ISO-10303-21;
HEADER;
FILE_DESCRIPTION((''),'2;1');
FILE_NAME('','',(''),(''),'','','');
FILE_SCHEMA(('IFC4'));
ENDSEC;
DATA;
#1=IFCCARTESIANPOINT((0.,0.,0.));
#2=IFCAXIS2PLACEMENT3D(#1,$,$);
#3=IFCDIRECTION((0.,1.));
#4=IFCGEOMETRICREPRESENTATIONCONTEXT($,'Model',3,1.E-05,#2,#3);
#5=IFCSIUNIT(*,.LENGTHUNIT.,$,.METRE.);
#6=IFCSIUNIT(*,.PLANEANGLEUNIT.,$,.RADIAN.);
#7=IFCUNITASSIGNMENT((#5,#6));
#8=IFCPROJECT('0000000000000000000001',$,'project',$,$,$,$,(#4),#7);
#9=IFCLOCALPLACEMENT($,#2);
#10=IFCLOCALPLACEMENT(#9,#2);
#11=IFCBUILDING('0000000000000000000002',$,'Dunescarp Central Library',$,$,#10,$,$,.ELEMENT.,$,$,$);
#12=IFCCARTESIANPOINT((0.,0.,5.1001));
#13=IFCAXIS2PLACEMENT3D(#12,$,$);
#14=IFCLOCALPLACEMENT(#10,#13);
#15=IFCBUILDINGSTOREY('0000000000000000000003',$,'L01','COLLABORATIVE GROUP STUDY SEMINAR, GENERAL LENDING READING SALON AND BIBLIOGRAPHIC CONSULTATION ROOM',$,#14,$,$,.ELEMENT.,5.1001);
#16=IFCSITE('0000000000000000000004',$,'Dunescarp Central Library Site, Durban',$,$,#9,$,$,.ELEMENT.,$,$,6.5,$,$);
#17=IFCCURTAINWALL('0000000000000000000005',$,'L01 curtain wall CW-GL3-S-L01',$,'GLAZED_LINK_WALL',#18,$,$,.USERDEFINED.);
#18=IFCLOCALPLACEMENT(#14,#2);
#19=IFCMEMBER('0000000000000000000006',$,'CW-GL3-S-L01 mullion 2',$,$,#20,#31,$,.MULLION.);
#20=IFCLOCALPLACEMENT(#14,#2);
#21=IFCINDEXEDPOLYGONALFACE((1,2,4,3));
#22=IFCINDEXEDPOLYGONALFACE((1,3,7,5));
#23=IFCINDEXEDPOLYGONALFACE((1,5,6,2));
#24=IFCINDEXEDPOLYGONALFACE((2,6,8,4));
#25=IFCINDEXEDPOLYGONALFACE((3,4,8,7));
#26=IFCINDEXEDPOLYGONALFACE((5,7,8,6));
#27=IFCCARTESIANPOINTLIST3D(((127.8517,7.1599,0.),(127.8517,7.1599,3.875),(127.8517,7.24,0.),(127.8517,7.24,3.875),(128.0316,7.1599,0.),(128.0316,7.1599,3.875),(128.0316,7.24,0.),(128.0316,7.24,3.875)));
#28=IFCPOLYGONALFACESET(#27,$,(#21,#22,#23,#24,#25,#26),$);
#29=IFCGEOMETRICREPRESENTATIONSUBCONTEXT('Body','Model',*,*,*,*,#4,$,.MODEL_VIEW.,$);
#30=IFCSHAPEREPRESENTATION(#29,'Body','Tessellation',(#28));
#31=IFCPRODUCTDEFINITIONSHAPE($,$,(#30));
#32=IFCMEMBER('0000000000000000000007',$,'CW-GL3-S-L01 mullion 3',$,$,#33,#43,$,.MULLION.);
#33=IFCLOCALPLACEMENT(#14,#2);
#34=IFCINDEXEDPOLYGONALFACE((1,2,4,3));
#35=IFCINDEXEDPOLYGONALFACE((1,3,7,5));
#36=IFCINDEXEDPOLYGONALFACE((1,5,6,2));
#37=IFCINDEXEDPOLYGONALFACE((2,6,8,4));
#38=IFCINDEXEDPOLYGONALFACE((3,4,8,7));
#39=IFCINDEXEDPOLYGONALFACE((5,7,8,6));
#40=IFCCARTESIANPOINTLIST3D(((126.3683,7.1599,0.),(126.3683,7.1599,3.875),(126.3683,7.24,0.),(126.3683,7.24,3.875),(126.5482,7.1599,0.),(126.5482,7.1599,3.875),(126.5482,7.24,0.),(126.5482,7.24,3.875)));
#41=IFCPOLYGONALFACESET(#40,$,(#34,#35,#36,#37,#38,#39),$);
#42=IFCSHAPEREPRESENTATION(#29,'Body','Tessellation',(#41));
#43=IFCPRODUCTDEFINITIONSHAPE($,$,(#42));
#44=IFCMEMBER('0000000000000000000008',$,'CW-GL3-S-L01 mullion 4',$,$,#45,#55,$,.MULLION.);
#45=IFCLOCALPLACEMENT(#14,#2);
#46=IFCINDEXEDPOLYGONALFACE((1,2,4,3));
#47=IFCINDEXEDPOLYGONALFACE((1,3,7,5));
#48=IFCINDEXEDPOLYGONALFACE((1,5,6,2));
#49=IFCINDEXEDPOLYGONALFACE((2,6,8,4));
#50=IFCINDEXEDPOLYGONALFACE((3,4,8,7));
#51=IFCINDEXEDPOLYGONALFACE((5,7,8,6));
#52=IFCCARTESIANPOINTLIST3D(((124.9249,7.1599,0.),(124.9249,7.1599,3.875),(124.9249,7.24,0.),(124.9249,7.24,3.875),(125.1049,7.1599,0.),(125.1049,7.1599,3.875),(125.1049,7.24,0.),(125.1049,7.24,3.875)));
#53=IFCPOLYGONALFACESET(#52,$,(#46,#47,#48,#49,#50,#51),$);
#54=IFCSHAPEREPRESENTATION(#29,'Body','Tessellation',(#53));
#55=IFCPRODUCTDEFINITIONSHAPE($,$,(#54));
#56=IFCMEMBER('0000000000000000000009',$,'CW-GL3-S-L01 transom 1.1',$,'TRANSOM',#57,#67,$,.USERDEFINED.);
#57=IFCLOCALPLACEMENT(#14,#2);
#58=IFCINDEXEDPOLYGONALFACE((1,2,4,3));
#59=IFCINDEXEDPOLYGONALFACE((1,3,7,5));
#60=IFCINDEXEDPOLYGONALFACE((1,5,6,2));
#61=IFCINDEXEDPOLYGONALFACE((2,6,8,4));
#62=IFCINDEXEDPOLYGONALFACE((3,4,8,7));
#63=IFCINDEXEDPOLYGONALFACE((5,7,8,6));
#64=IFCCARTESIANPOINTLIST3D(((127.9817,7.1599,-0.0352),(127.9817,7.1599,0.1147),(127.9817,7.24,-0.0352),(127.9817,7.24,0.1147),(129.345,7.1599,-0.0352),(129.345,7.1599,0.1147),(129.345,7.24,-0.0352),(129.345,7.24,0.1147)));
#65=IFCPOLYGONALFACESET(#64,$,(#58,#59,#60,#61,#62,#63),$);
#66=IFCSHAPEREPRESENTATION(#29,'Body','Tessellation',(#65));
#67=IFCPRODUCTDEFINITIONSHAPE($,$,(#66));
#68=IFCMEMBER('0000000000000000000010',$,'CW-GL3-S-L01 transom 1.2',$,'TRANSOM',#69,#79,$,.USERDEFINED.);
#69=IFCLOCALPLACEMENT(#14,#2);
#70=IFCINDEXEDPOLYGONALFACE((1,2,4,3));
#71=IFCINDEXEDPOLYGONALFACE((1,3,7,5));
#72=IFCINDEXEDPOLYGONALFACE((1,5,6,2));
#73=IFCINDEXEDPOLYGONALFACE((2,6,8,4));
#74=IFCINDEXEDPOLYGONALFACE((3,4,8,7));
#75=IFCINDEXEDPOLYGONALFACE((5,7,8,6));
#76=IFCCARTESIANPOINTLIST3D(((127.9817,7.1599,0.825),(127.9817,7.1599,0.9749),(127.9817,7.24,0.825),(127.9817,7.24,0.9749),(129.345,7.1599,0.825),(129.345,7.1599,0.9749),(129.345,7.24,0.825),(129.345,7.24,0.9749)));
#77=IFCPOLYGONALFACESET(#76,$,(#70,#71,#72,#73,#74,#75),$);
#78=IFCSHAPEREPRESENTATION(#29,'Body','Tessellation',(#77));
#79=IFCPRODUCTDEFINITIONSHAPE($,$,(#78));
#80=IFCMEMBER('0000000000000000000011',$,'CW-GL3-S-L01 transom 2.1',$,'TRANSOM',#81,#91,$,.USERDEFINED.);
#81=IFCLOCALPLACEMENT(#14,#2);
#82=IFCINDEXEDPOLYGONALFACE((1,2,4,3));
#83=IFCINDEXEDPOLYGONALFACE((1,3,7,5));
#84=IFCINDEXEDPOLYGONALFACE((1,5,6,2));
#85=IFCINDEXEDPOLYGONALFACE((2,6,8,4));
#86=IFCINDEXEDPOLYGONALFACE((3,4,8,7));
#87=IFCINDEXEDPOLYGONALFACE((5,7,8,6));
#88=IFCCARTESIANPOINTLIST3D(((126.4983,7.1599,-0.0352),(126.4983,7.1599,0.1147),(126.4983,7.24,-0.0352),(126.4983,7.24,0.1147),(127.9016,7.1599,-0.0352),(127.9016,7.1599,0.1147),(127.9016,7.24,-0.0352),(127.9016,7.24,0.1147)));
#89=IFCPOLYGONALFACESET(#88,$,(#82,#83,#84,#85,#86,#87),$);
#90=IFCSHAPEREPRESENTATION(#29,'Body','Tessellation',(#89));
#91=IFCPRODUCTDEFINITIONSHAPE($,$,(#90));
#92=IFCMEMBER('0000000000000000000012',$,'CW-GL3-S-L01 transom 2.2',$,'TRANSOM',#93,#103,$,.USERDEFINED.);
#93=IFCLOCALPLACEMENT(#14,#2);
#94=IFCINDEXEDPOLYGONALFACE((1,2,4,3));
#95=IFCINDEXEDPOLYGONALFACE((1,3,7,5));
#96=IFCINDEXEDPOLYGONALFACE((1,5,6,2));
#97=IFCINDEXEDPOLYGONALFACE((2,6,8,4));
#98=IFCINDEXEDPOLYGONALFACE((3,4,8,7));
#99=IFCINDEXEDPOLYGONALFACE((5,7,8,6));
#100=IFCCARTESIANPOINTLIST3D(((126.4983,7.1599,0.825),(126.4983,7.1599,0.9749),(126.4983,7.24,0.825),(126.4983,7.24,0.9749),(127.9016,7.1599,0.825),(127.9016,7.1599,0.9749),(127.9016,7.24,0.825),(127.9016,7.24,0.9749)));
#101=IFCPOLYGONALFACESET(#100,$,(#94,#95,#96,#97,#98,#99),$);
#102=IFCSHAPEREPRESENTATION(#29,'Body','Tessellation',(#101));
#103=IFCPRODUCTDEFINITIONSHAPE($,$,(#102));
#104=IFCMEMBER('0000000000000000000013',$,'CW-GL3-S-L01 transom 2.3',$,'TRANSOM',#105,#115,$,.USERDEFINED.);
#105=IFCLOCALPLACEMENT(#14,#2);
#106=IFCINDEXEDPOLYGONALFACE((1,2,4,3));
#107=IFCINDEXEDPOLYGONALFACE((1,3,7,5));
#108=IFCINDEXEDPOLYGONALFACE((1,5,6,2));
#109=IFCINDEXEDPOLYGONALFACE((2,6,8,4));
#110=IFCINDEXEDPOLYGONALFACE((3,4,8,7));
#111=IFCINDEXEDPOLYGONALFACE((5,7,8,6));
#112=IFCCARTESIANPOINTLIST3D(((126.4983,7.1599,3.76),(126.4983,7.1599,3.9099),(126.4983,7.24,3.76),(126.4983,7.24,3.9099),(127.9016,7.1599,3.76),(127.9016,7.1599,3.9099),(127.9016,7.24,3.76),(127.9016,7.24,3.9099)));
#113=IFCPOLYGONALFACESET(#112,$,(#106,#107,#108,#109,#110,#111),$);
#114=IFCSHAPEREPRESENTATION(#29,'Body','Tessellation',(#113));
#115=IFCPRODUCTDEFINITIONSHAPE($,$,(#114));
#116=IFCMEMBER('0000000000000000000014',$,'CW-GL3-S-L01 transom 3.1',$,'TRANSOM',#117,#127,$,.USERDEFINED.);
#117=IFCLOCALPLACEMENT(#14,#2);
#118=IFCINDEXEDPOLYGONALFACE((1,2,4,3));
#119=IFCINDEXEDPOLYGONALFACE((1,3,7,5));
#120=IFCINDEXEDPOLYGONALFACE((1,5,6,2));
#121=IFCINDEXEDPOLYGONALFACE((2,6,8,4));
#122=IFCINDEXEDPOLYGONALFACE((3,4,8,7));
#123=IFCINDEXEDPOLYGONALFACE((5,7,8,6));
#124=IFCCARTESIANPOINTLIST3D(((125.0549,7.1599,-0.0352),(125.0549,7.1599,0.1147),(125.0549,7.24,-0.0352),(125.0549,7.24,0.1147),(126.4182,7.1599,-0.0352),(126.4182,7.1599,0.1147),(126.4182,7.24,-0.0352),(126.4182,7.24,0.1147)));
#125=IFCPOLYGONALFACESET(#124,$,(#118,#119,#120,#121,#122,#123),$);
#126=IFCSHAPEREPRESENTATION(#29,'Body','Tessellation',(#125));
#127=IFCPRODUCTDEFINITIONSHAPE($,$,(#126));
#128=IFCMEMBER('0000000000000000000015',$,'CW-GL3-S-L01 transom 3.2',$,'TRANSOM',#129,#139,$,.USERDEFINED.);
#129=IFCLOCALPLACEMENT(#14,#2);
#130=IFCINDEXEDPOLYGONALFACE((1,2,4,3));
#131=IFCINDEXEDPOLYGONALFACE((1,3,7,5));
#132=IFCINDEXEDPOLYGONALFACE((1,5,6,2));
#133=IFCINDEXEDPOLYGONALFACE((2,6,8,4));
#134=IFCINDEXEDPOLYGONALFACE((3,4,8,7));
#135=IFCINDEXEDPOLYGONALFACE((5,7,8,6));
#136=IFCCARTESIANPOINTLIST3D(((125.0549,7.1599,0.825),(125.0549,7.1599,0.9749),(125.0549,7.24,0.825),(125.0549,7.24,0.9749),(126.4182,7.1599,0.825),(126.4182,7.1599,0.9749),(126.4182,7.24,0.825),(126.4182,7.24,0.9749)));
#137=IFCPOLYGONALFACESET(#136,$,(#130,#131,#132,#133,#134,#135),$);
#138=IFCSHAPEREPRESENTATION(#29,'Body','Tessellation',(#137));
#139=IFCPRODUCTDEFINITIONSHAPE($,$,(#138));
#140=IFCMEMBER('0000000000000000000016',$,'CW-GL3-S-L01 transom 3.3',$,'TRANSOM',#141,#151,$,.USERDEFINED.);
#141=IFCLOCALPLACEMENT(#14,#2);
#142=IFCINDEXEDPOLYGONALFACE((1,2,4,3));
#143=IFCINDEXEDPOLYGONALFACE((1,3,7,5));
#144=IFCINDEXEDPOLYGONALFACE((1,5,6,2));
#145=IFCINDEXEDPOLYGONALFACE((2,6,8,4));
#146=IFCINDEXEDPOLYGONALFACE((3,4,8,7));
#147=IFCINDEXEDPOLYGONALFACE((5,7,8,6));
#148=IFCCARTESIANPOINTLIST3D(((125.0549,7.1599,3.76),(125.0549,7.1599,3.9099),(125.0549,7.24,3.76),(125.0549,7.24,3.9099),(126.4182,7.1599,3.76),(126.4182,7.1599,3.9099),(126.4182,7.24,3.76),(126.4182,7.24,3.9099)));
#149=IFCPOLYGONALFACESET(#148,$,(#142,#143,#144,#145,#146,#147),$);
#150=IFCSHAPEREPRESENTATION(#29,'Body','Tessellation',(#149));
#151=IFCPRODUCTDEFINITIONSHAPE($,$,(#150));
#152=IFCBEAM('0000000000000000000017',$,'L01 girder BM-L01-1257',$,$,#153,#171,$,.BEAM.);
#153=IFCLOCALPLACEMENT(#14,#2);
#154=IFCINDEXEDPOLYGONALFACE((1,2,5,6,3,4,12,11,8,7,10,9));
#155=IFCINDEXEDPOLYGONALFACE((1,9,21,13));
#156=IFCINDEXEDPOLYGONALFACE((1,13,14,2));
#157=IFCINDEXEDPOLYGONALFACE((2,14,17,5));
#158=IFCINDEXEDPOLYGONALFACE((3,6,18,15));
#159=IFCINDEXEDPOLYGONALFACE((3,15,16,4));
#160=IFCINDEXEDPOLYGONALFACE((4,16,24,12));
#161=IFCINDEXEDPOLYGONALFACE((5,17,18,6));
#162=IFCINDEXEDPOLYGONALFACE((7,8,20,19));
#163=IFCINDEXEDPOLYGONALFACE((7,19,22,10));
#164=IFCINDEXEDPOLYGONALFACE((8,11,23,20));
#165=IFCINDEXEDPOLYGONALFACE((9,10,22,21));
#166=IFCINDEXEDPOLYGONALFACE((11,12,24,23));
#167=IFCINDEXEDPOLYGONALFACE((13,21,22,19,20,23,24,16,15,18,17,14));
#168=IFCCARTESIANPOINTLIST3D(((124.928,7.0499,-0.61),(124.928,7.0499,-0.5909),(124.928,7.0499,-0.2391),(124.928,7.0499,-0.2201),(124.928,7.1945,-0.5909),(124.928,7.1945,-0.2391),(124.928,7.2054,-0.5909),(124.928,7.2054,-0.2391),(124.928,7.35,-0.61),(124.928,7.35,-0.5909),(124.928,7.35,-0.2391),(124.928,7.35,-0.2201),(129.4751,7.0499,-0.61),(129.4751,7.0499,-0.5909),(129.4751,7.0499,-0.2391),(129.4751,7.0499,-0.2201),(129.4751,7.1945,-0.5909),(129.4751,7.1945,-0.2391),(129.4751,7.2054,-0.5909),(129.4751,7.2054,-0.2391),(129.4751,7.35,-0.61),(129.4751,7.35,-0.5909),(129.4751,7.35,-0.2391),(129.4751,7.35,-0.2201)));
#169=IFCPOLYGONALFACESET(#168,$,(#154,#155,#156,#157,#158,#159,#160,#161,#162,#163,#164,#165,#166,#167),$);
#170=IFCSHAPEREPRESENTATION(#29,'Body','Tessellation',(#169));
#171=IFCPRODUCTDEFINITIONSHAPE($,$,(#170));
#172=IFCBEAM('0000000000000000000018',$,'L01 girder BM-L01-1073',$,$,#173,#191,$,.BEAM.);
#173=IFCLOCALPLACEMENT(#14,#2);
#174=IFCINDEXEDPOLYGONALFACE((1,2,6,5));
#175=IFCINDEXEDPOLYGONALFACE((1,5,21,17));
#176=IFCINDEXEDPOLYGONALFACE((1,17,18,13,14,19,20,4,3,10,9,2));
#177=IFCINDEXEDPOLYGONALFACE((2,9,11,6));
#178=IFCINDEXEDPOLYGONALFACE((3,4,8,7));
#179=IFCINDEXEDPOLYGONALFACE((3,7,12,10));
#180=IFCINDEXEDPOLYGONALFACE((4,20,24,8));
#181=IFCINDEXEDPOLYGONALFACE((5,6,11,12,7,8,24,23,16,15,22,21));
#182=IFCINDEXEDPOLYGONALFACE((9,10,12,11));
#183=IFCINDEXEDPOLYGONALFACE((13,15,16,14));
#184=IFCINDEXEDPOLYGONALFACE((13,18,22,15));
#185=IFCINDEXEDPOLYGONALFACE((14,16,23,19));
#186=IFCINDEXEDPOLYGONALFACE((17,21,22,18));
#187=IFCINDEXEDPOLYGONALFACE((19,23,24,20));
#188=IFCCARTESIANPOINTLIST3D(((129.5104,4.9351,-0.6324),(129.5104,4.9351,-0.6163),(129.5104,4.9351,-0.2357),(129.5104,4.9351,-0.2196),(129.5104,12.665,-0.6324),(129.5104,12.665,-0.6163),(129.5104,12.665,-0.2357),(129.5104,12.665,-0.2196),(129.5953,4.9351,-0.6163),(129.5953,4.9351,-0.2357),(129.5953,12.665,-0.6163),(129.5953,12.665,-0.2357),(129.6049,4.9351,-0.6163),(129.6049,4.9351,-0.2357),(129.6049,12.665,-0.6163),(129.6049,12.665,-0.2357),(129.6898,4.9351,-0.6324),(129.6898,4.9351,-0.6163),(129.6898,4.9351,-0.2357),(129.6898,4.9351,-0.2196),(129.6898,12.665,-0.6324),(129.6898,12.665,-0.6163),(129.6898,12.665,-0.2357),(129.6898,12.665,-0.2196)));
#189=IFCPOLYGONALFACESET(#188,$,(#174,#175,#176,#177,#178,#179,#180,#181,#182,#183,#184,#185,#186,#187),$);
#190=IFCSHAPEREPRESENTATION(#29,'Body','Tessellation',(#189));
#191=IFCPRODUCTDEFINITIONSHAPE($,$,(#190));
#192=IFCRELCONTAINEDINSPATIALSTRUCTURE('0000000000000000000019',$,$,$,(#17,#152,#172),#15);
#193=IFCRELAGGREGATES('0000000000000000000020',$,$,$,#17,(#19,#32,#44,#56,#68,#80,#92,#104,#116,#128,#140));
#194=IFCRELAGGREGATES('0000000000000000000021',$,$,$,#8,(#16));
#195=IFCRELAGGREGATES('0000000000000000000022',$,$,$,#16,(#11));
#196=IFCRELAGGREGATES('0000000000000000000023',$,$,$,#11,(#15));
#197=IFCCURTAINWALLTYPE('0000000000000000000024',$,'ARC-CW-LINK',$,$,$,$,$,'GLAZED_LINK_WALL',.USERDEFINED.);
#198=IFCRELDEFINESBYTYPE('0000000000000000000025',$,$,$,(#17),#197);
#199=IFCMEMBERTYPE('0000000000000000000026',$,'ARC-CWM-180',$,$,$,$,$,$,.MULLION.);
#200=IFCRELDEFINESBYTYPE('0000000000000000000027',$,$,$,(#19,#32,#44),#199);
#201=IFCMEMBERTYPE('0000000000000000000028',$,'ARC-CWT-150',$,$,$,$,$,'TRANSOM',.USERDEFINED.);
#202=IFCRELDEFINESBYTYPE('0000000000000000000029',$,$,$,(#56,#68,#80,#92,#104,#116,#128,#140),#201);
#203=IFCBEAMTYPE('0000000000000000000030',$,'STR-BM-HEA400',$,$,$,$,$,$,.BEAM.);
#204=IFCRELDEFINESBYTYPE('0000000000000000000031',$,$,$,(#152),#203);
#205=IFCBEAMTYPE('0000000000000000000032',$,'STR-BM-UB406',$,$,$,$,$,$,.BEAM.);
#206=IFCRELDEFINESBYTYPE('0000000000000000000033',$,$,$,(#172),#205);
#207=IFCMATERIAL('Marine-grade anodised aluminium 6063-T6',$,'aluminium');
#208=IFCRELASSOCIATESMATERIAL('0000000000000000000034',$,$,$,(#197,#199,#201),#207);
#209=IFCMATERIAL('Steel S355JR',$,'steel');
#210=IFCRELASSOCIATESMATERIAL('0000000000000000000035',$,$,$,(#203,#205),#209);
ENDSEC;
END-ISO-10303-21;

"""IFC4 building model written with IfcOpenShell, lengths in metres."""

from ifc_helpers import new_model, si_unit, direction, frame, origin, origin_2d, place, context, subcontext, project, spatial, rectangle, i_section, extrude, material, material_profile, profile_set, type_object, element, aggregate, save


model = new_model("IFC4")

# Units and contexts
model_context = context("Model", 3, precision=1e-05, world=origin(), true_north=direction((0.0, 1.0)))
body_context = subcontext(model_context, "Body", "Model", "MODEL_VIEW")
ifc_project = project(units=[si_unit("LENGTHUNIT", "METRE"), si_unit("PLANEANGLEUNIT", "RADIAN")], contexts=[model_context])

# Site, building, storey
site_placement = place(None, origin())
site = spatial("IfcSite", under=ifc_project, at=site_placement, Name="Dunescarp Central Library Site, Durban", CompositionType="ELEMENT", RefElevation=6.5)
building_placement = place(site_placement, origin())
building = spatial("IfcBuilding", under=site, at=building_placement, Name="Dunescarp Central Library", CompositionType="ELEMENT")
storey_placement = place(building_placement, frame((0.0, 0.0, 5.1001)))
storey = spatial("IfcBuildingStorey", under=building, at=storey_placement, Name="L01", Description="COLLABORATIVE GROUP STUDY SEMINAR, GENERAL LENDING READING SALON AND BIBLIOGRAPHIC CONSULTATION ROOM", CompositionType="ELEMENT", Elevation=5.1001)

# Curtain wall, members
ifc_material_1 = material(Name="Marine-grade anodised aluminium 6063-T6", Category="aluminium")
curtain_wall_type = type_object("IfcCurtainWallType", Name="ARC-CW-LINK", ElementType="GLAZED_LINK_WALL", PredefinedType="USERDEFINED", material=ifc_material_1)
curtain_wall_placement = place(storey_placement, origin())
curtain_wall = element("IfcCurtainWall", 1, at=curtain_wall_placement, inside=storey, type_object=curtain_wall_type, Name="L01 curtain wall CW-GL3-S-L01", ObjectType="GLAZED_LINK_WALL", PredefinedType="USERDEFINED")
ifc_material_profile_1 = material_profile(ifc_material_1, rectangle(XDim=0.0801, YDim=0.1799, at=origin_2d()), Name="AL 80x180")
ifc_profile_set_1 = profile_set([ifc_material_profile_1], Name="Marine-grade anodised aluminium 6063-T6")
member_type_1 = type_object("IfcMemberType", Name="ARC-CWM-180", PredefinedType="MULLION", material=ifc_profile_set_1)
member_1_placement = place(storey_placement, frame((127.9417, 7.2, 0.0), z_axis=(0.0, 0.0, 1.0), x_axis=(0.0, -1.0, 0.0)))
member_1 = element("IfcMember", 2, at=member_1_placement, type_object=member_type_1, Name="CW-GL3-S-L01 mullion 2", PredefinedType="MULLION", context=body_context, shape_type="SweptSolid", body=[
    extrude(rectangle(XDim=0.0801, YDim=0.1799, at=origin_2d()), origin(), (0.0, 0.0, 1.0), 3.875),
])
member_2_placement = place(storey_placement, frame((126.4583, 7.2, 0.0), z_axis=(0.0, 0.0, 1.0), x_axis=(0.0, -1.0, 0.0)))
member_2 = element("IfcMember", 3, at=member_2_placement, type_object=member_type_1, Name="CW-GL3-S-L01 mullion 3", PredefinedType="MULLION", context=body_context, shape_type="SweptSolid", body=[
    extrude(rectangle(XDim=0.0801, YDim=0.1799, at=origin_2d()), origin(), (0.0, 0.0, 1.0), 3.875),
])
member_3_placement = place(storey_placement, frame((125.0149, 7.2, 0.0), z_axis=(0.0, 0.0, 1.0), x_axis=(0.0, -1.0, 0.0)))
member_3 = element("IfcMember", 4, at=member_3_placement, type_object=member_type_1, Name="CW-GL3-S-L01 mullion 4", PredefinedType="MULLION", context=body_context, shape_type="SweptSolid", body=[
    extrude(rectangle(XDim=0.0801, YDim=0.1799, at=origin_2d()), origin(), (0.0, 0.0, 1.0), 3.875),
])
ifc_material_profile_2 = material_profile(ifc_material_1, rectangle(XDim=0.0801, YDim=0.1499, at=origin_2d()), Name="AL 80x150")
ifc_profile_set_2 = profile_set([ifc_material_profile_2], Name="Marine-grade anodised aluminium 6063-T6")
member_type_2 = type_object("IfcMemberType", Name="ARC-CWT-150", ElementType="TRANSOM", PredefinedType="USERDEFINED", material=ifc_profile_set_2)
member_4_placement = place(storey_placement, frame((129.345, 7.2, 0.0398), z_axis=(-1.0, 0.0, 0.0), x_axis=(0.0, -1.0, 0.0)))
member_4 = element("IfcMember", 5, at=member_4_placement, type_object=member_type_2, Name="CW-GL3-S-L01 transom 1.1", ObjectType="TRANSOM", PredefinedType="USERDEFINED", context=body_context, shape_type="SweptSolid", body=[
    extrude(rectangle(XDim=0.0801, YDim=0.1499, at=origin_2d()), origin(), (0.0, 0.0, 1.0), 1.3633),
])
member_5_placement = place(storey_placement, frame((129.345, 7.2, 0.8999), z_axis=(-1.0, 0.0, 0.0), x_axis=(0.0, -1.0, 0.0)))
member_5 = element("IfcMember", 6, at=member_5_placement, type_object=member_type_2, Name="CW-GL3-S-L01 transom 1.2", ObjectType="TRANSOM", PredefinedType="USERDEFINED", context=body_context, shape_type="SweptSolid", body=[
    extrude(rectangle(XDim=0.0801, YDim=0.1499, at=origin_2d()), origin(), (0.0, 0.0, 1.0), 1.3633),
])
member_6_placement = place(storey_placement, frame((127.9016, 7.2, 0.0398), z_axis=(-1.0, 0.0, 0.0), x_axis=(0.0, -1.0, 0.0)))
member_6 = element("IfcMember", 7, at=member_6_placement, type_object=member_type_2, Name="CW-GL3-S-L01 transom 2.1", ObjectType="TRANSOM", PredefinedType="USERDEFINED", context=body_context, shape_type="SweptSolid", body=[
    extrude(rectangle(XDim=0.0801, YDim=0.1499, at=origin_2d()), origin(), (0.0, 0.0, 1.0), 1.4033),
])
member_7_placement = place(storey_placement, frame((127.9016, 7.2, 0.8999), z_axis=(-1.0, 0.0, 0.0), x_axis=(0.0, -1.0, 0.0)))
member_7 = element("IfcMember", 8, at=member_7_placement, type_object=member_type_2, Name="CW-GL3-S-L01 transom 2.2", ObjectType="TRANSOM", PredefinedType="USERDEFINED", context=body_context, shape_type="SweptSolid", body=[
    extrude(rectangle(XDim=0.0801, YDim=0.1499, at=origin_2d()), origin(), (0.0, 0.0, 1.0), 1.4033),
])
member_8_placement = place(storey_placement, frame((127.9016, 7.2, 3.835), z_axis=(-1.0, 0.0, 0.0), x_axis=(0.0, -1.0, 0.0)))
member_8 = element("IfcMember", 9, at=member_8_placement, type_object=member_type_2, Name="CW-GL3-S-L01 transom 2.3", ObjectType="TRANSOM", PredefinedType="USERDEFINED", context=body_context, shape_type="SweptSolid", body=[
    extrude(rectangle(XDim=0.0801, YDim=0.1499, at=origin_2d()), origin(), (0.0, 0.0, 1.0), 1.4033),
])
member_9_placement = place(storey_placement, frame((126.4182, 7.2, 0.0398), z_axis=(-1.0, 0.0, 0.0), x_axis=(0.0, -1.0, 0.0)))
member_9 = element("IfcMember", 10, at=member_9_placement, type_object=member_type_2, Name="CW-GL3-S-L01 transom 3.1", ObjectType="TRANSOM", PredefinedType="USERDEFINED", context=body_context, shape_type="SweptSolid", body=[
    extrude(rectangle(XDim=0.0801, YDim=0.1499, at=origin_2d()), origin(), (0.0, 0.0, 1.0), 1.3633),
])
member_10_placement = place(storey_placement, frame((126.4182, 7.2, 0.8999), z_axis=(-1.0, 0.0, 0.0), x_axis=(0.0, -1.0, 0.0)))
member_10 = element("IfcMember", 11, at=member_10_placement, type_object=member_type_2, Name="CW-GL3-S-L01 transom 3.2", ObjectType="TRANSOM", PredefinedType="USERDEFINED", context=body_context, shape_type="SweptSolid", body=[
    extrude(rectangle(XDim=0.0801, YDim=0.1499, at=origin_2d()), origin(), (0.0, 0.0, 1.0), 1.3633),
])
member_11_placement = place(storey_placement, frame((126.4182, 7.2, 3.835), z_axis=(-1.0, 0.0, 0.0), x_axis=(0.0, -1.0, 0.0)))
member_11 = element("IfcMember", 12, at=member_11_placement, type_object=member_type_2, Name="CW-GL3-S-L01 transom 3.3", ObjectType="TRANSOM", PredefinedType="USERDEFINED", context=body_context, shape_type="SweptSolid", body=[
    extrude(rectangle(XDim=0.0801, YDim=0.1499, at=origin_2d()), origin(), (0.0, 0.0, 1.0), 1.3633),
])

# Beams
ifc_material_2 = material(Name="Steel S355JR", Category="steel")
ifc_material_profile_3 = material_profile(ifc_material_2, i_section(OverallWidth=0.3, OverallDepth=0.3899, WebThickness=0.011, FlangeThickness=0.019, at=origin_2d()), Name="HEA 400")
ifc_profile_set_3 = profile_set([ifc_material_profile_3], Name="Steel S355JR")
beam_type_1 = type_object("IfcBeamType", Name="STR-BM-HEA400", PredefinedType="BEAM", material=ifc_profile_set_3)
beam_1_placement = place(storey_placement, frame((124.928, 7.2, -0.415), z_axis=(1.0, 0.0, 0.0), x_axis=(0.0, 1.0, 0.0)))
element("IfcBeam", 13, at=beam_1_placement, inside=storey, type_object=beam_type_1, Name="L01 girder BM-L01-1257", PredefinedType="BEAM", context=body_context, shape_type="SweptSolid", body=[
    extrude(i_section(OverallWidth=0.3, OverallDepth=0.3899, WebThickness=0.011, FlangeThickness=0.019, at=origin_2d()), origin(), (0.0, 0.0, 1.0), 4.5471),
])
ifc_material_profile_4 = material_profile(ifc_material_2, i_section(OverallWidth=0.1794, OverallDepth=0.4128, WebThickness=0.0095, FlangeThickness=0.0161, at=origin_2d()), Name="UB 406x178x74")
ifc_profile_set_4 = profile_set([ifc_material_profile_4], Name="Steel S355JR")
beam_type_2 = type_object("IfcBeamType", Name="STR-BM-UB406", PredefinedType="BEAM", material=ifc_profile_set_4)
beam_2_placement = place(storey_placement, frame((129.6001, 4.9351, -0.426), z_axis=(0.0, 1.0, 0.0), x_axis=(-1.0, 0.0, 0.0)))
element("IfcBeam", 14, at=beam_2_placement, inside=storey, type_object=beam_type_2, Name="L01 girder BM-L01-1073", PredefinedType="BEAM", context=body_context, shape_type="SweptSolid", body=[
    extrude(i_section(OverallWidth=0.1794, OverallDepth=0.4128, WebThickness=0.0095, FlangeThickness=0.0161, at=origin_2d()), origin(), (0.0, 0.0, 1.0), 7.73),
])

aggregate(curtain_wall, [member_1, member_2, member_3, member_4, member_5, member_6, member_7, member_8, member_9, member_10, member_11])

save(model, "model.ifc")
